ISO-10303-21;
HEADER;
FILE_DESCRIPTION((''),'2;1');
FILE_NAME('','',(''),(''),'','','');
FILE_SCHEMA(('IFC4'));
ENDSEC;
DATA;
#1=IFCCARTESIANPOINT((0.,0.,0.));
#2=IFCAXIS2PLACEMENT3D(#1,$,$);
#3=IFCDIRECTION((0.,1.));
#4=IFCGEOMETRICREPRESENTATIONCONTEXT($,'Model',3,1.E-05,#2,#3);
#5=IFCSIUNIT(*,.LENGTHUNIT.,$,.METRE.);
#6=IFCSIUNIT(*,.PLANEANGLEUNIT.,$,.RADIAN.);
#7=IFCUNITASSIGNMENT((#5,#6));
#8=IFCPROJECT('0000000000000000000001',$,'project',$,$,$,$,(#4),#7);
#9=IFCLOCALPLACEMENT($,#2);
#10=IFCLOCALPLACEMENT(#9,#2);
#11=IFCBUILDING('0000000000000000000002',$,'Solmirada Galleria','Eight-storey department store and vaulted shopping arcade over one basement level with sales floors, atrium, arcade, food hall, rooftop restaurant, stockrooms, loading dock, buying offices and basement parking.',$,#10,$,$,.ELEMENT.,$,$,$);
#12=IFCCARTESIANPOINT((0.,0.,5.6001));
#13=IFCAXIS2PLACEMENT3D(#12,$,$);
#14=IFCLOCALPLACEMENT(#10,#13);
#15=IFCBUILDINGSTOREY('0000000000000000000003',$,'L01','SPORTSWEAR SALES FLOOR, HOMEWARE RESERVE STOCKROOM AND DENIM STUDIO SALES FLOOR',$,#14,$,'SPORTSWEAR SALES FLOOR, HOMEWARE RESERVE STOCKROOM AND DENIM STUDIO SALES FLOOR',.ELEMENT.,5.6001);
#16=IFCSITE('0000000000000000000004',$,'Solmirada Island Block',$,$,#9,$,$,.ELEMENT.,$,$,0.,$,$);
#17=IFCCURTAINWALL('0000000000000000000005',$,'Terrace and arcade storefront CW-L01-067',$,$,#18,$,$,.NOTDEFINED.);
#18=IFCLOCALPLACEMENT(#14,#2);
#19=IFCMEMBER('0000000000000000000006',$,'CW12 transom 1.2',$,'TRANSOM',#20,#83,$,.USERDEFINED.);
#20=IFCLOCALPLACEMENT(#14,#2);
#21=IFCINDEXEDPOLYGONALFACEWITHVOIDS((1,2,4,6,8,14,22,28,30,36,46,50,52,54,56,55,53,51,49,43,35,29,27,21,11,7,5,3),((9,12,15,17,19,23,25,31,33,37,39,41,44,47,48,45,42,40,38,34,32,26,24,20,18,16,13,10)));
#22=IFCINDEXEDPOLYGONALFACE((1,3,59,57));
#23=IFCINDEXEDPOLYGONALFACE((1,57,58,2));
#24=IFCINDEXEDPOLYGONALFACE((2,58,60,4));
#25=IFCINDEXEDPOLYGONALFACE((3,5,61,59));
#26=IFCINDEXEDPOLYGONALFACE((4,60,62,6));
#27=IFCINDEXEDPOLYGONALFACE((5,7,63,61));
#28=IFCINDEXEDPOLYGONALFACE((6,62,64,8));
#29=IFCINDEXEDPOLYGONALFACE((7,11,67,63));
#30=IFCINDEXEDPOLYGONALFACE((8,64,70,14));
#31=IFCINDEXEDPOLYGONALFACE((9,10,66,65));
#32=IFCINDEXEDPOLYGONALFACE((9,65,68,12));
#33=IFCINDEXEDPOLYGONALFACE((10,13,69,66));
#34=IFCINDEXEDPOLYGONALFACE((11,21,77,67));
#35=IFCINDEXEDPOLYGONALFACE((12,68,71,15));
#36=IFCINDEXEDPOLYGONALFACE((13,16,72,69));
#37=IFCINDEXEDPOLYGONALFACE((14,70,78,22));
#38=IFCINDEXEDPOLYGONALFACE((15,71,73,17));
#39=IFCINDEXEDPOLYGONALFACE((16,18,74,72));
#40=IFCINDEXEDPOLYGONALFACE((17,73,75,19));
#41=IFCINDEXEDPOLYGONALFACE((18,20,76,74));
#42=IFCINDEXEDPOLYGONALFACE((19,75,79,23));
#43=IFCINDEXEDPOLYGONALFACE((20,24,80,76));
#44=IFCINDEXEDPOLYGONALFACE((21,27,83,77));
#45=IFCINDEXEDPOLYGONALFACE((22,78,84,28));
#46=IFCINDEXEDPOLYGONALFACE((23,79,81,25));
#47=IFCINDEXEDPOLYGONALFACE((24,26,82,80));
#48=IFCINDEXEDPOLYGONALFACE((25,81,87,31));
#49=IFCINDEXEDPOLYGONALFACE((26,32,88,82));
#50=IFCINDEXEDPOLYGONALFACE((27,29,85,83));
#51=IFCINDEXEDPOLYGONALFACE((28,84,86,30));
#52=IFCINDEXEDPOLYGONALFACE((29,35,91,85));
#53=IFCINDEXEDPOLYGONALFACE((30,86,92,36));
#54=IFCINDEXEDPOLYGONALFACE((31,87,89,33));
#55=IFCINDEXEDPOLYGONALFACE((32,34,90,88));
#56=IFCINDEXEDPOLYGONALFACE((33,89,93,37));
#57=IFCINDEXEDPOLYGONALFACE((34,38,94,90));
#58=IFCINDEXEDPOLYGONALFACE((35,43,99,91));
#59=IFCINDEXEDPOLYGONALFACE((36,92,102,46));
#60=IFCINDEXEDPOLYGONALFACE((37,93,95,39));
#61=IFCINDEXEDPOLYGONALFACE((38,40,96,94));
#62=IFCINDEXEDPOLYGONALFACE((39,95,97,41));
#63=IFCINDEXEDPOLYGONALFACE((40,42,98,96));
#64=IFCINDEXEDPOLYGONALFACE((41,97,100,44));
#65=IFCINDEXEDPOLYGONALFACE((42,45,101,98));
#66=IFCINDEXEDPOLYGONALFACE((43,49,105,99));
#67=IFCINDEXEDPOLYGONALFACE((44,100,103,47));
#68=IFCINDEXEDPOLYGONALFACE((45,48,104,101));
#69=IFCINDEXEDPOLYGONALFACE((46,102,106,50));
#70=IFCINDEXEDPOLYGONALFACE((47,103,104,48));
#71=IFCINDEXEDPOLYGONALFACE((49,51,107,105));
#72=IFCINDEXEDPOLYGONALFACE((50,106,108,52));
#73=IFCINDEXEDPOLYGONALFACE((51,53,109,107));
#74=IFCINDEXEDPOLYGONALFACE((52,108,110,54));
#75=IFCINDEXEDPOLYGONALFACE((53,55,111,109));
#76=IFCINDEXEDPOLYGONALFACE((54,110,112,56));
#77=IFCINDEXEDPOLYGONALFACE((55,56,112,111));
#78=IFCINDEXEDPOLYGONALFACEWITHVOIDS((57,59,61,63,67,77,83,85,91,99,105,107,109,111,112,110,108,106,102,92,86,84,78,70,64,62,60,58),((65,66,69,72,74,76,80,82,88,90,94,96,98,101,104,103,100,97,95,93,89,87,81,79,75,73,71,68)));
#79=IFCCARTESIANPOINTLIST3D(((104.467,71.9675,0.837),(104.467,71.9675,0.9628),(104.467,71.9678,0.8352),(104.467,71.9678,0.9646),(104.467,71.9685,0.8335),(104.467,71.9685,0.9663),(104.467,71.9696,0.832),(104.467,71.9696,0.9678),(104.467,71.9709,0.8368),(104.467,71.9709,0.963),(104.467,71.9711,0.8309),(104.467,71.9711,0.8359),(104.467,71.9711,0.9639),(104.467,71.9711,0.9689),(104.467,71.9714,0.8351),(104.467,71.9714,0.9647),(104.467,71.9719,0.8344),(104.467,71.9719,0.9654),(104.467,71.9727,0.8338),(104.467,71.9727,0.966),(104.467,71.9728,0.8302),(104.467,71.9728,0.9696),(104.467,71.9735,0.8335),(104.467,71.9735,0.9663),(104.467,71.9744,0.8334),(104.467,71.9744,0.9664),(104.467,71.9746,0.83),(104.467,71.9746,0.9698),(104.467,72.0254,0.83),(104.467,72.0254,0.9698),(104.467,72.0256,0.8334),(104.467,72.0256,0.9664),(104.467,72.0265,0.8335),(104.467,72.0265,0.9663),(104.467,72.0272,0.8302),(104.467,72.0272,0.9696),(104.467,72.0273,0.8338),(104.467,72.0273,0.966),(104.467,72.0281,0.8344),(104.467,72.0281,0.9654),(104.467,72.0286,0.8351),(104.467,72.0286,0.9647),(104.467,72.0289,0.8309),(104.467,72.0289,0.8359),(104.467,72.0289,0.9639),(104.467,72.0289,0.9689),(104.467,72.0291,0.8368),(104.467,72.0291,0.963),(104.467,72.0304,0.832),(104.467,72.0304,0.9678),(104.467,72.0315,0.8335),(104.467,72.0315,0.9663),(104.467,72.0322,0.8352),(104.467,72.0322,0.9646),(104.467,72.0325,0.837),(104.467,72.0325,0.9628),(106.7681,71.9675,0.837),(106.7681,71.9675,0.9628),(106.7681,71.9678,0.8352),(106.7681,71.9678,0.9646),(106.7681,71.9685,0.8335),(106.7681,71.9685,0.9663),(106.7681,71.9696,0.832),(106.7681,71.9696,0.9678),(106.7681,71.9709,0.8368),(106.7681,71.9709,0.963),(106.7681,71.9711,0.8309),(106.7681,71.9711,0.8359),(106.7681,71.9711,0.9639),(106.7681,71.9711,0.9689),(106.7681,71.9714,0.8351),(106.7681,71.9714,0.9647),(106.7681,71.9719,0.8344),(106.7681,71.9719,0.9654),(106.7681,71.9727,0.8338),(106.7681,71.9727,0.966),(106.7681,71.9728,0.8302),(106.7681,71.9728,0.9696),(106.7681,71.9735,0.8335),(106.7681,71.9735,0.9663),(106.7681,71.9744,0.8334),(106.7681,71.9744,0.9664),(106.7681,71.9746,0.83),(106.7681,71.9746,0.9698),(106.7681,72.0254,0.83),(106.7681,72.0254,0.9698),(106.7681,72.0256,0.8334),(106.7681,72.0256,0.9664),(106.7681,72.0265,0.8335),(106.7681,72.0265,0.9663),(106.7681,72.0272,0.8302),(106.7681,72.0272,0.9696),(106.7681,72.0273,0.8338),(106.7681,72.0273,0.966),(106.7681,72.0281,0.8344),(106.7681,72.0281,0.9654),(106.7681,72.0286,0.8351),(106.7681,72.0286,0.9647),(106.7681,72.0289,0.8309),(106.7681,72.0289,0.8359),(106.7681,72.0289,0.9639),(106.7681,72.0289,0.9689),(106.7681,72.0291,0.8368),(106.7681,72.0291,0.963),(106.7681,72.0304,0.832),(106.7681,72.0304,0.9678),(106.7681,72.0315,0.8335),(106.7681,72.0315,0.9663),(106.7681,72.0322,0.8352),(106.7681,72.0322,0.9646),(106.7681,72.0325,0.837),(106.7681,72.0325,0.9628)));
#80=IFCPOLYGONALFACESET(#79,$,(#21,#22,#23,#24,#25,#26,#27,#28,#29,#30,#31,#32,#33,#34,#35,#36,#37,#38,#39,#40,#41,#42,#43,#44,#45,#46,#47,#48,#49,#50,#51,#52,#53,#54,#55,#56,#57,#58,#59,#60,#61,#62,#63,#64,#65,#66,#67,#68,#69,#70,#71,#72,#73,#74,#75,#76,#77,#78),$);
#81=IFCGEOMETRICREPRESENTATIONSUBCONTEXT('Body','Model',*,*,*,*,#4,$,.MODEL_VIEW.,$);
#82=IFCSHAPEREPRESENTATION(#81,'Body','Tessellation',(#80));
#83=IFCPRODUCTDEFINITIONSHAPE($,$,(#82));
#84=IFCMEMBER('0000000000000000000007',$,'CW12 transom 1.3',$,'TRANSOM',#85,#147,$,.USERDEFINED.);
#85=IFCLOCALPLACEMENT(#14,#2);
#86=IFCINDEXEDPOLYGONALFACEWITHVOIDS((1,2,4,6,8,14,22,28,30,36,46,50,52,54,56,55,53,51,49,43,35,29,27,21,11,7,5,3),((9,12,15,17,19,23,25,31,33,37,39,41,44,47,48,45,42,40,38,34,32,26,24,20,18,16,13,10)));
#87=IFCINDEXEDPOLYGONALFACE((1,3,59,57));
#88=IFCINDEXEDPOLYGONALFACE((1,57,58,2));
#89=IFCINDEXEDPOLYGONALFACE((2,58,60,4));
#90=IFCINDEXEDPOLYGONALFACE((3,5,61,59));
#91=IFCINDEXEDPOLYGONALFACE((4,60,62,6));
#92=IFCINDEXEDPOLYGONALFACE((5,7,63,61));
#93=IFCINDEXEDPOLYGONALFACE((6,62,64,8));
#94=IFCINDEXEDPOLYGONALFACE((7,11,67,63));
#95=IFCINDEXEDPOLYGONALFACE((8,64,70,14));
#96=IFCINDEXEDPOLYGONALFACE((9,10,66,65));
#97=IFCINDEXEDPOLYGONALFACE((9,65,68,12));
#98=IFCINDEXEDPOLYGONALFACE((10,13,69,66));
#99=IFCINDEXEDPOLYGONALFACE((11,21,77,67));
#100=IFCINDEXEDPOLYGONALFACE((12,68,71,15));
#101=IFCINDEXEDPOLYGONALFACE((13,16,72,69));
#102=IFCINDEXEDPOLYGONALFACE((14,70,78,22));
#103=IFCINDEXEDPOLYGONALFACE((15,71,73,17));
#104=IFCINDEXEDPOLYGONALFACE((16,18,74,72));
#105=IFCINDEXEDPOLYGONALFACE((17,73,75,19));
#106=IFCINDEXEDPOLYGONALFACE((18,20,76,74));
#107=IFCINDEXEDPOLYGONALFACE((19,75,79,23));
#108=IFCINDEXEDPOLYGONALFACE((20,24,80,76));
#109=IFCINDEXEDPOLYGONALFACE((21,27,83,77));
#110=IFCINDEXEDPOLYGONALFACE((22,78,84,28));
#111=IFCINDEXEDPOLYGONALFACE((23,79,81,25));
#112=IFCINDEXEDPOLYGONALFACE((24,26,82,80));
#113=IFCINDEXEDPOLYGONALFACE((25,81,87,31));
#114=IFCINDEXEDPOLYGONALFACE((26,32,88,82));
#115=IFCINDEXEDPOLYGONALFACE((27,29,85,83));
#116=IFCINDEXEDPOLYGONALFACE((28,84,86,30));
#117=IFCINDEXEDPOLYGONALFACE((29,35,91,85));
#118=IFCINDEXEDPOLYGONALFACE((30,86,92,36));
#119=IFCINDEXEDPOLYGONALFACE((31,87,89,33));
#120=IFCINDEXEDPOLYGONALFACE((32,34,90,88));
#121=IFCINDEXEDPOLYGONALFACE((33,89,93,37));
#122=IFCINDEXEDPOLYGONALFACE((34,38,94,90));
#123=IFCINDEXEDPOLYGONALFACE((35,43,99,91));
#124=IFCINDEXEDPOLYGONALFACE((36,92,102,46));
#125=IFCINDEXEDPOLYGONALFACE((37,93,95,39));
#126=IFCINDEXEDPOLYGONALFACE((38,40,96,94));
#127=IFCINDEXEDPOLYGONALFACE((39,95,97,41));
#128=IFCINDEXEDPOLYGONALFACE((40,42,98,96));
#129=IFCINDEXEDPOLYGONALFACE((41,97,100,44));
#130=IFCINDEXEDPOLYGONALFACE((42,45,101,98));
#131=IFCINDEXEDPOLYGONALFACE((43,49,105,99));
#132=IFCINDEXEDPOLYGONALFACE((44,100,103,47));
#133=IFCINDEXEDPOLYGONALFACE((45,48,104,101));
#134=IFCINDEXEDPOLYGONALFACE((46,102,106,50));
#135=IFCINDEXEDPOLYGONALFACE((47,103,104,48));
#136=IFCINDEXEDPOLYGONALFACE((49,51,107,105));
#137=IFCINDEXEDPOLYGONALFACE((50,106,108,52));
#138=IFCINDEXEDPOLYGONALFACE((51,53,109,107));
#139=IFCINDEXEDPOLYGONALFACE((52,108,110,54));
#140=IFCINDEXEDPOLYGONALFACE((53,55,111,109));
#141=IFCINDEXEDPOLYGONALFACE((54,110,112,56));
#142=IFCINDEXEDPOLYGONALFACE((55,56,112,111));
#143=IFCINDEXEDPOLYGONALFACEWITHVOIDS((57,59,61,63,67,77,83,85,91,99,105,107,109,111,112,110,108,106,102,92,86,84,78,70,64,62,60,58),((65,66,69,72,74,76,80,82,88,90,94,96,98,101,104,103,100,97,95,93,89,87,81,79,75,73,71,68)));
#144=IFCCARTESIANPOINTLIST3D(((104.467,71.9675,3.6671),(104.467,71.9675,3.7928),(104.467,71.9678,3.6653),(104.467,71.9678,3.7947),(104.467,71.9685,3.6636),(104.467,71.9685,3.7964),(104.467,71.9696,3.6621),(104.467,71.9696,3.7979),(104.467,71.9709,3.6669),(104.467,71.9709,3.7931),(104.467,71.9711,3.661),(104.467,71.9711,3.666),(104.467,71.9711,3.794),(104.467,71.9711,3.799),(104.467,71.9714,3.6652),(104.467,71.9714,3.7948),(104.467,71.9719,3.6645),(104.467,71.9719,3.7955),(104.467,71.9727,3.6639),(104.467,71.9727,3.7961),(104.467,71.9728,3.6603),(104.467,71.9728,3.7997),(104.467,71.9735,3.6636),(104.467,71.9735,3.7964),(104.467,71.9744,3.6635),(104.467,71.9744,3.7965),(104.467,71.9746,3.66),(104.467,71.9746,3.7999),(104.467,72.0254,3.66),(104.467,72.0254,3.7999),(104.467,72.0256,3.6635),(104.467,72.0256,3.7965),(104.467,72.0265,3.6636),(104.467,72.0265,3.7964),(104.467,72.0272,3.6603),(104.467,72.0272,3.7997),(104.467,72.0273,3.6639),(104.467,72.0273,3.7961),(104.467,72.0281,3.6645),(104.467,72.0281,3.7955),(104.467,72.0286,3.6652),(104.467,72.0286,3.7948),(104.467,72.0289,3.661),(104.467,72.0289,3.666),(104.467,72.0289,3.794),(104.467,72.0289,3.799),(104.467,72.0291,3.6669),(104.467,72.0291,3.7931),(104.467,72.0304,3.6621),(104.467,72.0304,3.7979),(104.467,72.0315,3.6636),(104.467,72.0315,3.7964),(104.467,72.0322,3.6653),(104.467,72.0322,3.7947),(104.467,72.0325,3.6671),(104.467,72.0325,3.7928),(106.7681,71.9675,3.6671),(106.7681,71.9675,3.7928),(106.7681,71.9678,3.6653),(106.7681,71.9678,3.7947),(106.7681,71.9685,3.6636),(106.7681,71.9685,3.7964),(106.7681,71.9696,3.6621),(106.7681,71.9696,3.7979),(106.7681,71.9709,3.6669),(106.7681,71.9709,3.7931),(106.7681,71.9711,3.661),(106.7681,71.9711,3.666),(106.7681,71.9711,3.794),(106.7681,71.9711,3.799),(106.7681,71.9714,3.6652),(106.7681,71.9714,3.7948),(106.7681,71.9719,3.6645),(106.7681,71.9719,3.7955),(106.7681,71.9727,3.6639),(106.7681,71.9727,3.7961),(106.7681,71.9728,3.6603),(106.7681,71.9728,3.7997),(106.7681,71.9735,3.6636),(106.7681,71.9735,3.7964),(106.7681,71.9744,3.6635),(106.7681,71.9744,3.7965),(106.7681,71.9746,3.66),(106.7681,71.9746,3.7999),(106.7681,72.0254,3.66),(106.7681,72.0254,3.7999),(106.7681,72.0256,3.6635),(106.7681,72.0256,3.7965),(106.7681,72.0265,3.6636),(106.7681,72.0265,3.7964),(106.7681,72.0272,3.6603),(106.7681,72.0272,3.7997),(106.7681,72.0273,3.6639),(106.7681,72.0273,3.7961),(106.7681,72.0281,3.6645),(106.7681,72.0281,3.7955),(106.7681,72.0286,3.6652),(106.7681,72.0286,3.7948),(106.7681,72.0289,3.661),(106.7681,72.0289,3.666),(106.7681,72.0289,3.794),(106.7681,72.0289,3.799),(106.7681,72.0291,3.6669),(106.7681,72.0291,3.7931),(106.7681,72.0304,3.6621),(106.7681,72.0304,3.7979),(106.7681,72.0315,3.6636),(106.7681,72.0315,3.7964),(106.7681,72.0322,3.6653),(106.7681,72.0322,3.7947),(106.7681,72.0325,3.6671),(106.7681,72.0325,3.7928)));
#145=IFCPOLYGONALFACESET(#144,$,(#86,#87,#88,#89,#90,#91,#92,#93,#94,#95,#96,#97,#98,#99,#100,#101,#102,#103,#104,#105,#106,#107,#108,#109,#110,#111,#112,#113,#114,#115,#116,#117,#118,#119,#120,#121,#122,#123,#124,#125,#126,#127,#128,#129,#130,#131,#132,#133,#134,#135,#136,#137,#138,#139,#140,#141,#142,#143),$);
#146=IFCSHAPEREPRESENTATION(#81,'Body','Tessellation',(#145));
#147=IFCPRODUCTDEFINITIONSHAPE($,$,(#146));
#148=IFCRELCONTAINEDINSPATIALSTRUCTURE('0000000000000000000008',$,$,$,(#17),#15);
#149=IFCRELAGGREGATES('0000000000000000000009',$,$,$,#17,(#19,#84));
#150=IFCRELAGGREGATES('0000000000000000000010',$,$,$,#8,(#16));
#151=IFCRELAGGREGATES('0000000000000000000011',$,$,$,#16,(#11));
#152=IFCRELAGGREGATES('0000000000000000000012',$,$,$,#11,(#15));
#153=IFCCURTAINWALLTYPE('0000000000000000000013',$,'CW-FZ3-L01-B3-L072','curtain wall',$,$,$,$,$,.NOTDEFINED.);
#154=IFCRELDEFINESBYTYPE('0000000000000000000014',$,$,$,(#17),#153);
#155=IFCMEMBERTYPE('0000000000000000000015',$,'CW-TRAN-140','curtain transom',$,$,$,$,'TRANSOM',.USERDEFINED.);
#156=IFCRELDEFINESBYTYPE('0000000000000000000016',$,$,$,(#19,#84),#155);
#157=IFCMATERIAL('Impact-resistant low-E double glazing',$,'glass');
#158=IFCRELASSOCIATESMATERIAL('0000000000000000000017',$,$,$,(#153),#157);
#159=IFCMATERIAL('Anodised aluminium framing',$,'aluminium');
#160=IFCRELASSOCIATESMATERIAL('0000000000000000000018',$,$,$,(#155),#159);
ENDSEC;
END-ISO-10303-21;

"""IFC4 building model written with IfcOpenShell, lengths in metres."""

from ifc_helpers import new_model, si_unit, direction, frame, origin, origin_2d, place, context, subcontext, project, spatial, hollow_rectangle, extrude, material, material_profile, profile_set, type_object, element, aggregate, save


model = new_model("IFC4")

# Units and contexts
model_context = context("Model", 3, precision=1e-05, world=origin(), true_north=direction((0.0, 1.0)))
body_context = subcontext(model_context, "Body", "Model", "MODEL_VIEW")
ifc_project = project(units=[si_unit("LENGTHUNIT", "METRE"), si_unit("PLANEANGLEUNIT", "RADIAN")], contexts=[model_context])

# Site, building, storey
site_placement = place(None, origin())
site = spatial("IfcSite", under=ifc_project, at=site_placement, Name="Solmirada Island Block", CompositionType="ELEMENT", RefElevation=0.0)
building_placement = place(site_placement, origin())
building = spatial("IfcBuilding", under=site, at=building_placement, Name="Solmirada Galleria", Description="Eight-storey department store and vaulted shopping arcade over one basement level with sales floors, atrium, arcade, food hall, rooftop restaurant, stockrooms, loading dock, buying offices and basement parking.", CompositionType="ELEMENT")
storey_placement = place(building_placement, frame((0.0, 0.0, 5.6001)))
storey = spatial("IfcBuildingStorey", under=building, at=storey_placement, Name="L01", Description="SPORTSWEAR SALES FLOOR, HOMEWARE RESERVE STOCKROOM AND DENIM STUDIO SALES FLOOR", LongName="SPORTSWEAR SALES FLOOR, HOMEWARE RESERVE STOCKROOM AND DENIM STUDIO SALES FLOOR", CompositionType="ELEMENT", Elevation=5.6001)

# Curtain wall, members
ifc_material_1 = material(Name="Impact-resistant low-E double glazing", Category="glass")
curtain_wall_type = type_object("IfcCurtainWallType", Name="CW-FZ3-L01-B3-L072", Description="curtain wall", PredefinedType="NOTDEFINED", material=ifc_material_1)
curtain_wall_1_placement = place(storey_placement, origin())
curtain_wall_1 = element("IfcCurtainWall", 1, at=curtain_wall_1_placement, inside=storey, type_object=curtain_wall_type, Name="Terrace and arcade storefront CW-L01-067", PredefinedType="NOTDEFINED")
ifc_material_2 = material(Name="Anodised aluminium framing", Category="aluminium")
ifc_material_profile_1 = material_profile(ifc_material_2, hollow_rectangle(XDim=0.0649, YDim=0.1399, WallThickness=0.0034, InnerFilletRadius=0.0034, OuterFilletRadius=0.0071, at=origin_2d()), Name="ALU-TRAN-140X65")
ifc_profile_set_1 = profile_set([ifc_material_profile_1], Name="Anodised aluminium framing")
member_type_1 = type_object("IfcMemberType", Name="CW-TRAN-140", Description="curtain transom", ElementType="TRANSOM", PredefinedType="USERDEFINED", material=ifc_profile_set_1)
member_1_placement = place(storey_placement, frame((104.467, 72.0, 0.8999), z_axis=(1.0, 0.0, 0.0), x_axis=(0.0, 1.0, 0.0)))
member_1 = element("IfcMember", 2, at=member_1_placement, type_object=member_type_1, Name="CW12 transom 1.2", ObjectType="TRANSOM", PredefinedType="USERDEFINED", context=body_context, shape_type="SweptSolid", body=[
    extrude(hollow_rectangle(XDim=0.0649, YDim=0.1399, WallThickness=0.0034, InnerFilletRadius=0.0034, OuterFilletRadius=0.0071, at=origin_2d()), origin(), (0.0, 0.0, 1.0), 2.301),
])
member_2_placement = place(storey_placement, frame((104.467, 72.0, 3.73), z_axis=(1.0, 0.0, 0.0), x_axis=(0.0, 1.0, 0.0)))
member_2 = element("IfcMember", 3, at=member_2_placement, type_object=member_type_1, Name="CW12 transom 1.3", ObjectType="TRANSOM", PredefinedType="USERDEFINED", context=body_context, shape_type="SweptSolid", body=[
    extrude(hollow_rectangle(XDim=0.0649, YDim=0.1399, WallThickness=0.0034, InnerFilletRadius=0.0034, OuterFilletRadius=0.0071, at=origin_2d()), origin(), (0.0, 0.0, 1.0), 2.301),
])

aggregate(curtain_wall_1, [member_1, member_2])

save(model, "model.ifc")
